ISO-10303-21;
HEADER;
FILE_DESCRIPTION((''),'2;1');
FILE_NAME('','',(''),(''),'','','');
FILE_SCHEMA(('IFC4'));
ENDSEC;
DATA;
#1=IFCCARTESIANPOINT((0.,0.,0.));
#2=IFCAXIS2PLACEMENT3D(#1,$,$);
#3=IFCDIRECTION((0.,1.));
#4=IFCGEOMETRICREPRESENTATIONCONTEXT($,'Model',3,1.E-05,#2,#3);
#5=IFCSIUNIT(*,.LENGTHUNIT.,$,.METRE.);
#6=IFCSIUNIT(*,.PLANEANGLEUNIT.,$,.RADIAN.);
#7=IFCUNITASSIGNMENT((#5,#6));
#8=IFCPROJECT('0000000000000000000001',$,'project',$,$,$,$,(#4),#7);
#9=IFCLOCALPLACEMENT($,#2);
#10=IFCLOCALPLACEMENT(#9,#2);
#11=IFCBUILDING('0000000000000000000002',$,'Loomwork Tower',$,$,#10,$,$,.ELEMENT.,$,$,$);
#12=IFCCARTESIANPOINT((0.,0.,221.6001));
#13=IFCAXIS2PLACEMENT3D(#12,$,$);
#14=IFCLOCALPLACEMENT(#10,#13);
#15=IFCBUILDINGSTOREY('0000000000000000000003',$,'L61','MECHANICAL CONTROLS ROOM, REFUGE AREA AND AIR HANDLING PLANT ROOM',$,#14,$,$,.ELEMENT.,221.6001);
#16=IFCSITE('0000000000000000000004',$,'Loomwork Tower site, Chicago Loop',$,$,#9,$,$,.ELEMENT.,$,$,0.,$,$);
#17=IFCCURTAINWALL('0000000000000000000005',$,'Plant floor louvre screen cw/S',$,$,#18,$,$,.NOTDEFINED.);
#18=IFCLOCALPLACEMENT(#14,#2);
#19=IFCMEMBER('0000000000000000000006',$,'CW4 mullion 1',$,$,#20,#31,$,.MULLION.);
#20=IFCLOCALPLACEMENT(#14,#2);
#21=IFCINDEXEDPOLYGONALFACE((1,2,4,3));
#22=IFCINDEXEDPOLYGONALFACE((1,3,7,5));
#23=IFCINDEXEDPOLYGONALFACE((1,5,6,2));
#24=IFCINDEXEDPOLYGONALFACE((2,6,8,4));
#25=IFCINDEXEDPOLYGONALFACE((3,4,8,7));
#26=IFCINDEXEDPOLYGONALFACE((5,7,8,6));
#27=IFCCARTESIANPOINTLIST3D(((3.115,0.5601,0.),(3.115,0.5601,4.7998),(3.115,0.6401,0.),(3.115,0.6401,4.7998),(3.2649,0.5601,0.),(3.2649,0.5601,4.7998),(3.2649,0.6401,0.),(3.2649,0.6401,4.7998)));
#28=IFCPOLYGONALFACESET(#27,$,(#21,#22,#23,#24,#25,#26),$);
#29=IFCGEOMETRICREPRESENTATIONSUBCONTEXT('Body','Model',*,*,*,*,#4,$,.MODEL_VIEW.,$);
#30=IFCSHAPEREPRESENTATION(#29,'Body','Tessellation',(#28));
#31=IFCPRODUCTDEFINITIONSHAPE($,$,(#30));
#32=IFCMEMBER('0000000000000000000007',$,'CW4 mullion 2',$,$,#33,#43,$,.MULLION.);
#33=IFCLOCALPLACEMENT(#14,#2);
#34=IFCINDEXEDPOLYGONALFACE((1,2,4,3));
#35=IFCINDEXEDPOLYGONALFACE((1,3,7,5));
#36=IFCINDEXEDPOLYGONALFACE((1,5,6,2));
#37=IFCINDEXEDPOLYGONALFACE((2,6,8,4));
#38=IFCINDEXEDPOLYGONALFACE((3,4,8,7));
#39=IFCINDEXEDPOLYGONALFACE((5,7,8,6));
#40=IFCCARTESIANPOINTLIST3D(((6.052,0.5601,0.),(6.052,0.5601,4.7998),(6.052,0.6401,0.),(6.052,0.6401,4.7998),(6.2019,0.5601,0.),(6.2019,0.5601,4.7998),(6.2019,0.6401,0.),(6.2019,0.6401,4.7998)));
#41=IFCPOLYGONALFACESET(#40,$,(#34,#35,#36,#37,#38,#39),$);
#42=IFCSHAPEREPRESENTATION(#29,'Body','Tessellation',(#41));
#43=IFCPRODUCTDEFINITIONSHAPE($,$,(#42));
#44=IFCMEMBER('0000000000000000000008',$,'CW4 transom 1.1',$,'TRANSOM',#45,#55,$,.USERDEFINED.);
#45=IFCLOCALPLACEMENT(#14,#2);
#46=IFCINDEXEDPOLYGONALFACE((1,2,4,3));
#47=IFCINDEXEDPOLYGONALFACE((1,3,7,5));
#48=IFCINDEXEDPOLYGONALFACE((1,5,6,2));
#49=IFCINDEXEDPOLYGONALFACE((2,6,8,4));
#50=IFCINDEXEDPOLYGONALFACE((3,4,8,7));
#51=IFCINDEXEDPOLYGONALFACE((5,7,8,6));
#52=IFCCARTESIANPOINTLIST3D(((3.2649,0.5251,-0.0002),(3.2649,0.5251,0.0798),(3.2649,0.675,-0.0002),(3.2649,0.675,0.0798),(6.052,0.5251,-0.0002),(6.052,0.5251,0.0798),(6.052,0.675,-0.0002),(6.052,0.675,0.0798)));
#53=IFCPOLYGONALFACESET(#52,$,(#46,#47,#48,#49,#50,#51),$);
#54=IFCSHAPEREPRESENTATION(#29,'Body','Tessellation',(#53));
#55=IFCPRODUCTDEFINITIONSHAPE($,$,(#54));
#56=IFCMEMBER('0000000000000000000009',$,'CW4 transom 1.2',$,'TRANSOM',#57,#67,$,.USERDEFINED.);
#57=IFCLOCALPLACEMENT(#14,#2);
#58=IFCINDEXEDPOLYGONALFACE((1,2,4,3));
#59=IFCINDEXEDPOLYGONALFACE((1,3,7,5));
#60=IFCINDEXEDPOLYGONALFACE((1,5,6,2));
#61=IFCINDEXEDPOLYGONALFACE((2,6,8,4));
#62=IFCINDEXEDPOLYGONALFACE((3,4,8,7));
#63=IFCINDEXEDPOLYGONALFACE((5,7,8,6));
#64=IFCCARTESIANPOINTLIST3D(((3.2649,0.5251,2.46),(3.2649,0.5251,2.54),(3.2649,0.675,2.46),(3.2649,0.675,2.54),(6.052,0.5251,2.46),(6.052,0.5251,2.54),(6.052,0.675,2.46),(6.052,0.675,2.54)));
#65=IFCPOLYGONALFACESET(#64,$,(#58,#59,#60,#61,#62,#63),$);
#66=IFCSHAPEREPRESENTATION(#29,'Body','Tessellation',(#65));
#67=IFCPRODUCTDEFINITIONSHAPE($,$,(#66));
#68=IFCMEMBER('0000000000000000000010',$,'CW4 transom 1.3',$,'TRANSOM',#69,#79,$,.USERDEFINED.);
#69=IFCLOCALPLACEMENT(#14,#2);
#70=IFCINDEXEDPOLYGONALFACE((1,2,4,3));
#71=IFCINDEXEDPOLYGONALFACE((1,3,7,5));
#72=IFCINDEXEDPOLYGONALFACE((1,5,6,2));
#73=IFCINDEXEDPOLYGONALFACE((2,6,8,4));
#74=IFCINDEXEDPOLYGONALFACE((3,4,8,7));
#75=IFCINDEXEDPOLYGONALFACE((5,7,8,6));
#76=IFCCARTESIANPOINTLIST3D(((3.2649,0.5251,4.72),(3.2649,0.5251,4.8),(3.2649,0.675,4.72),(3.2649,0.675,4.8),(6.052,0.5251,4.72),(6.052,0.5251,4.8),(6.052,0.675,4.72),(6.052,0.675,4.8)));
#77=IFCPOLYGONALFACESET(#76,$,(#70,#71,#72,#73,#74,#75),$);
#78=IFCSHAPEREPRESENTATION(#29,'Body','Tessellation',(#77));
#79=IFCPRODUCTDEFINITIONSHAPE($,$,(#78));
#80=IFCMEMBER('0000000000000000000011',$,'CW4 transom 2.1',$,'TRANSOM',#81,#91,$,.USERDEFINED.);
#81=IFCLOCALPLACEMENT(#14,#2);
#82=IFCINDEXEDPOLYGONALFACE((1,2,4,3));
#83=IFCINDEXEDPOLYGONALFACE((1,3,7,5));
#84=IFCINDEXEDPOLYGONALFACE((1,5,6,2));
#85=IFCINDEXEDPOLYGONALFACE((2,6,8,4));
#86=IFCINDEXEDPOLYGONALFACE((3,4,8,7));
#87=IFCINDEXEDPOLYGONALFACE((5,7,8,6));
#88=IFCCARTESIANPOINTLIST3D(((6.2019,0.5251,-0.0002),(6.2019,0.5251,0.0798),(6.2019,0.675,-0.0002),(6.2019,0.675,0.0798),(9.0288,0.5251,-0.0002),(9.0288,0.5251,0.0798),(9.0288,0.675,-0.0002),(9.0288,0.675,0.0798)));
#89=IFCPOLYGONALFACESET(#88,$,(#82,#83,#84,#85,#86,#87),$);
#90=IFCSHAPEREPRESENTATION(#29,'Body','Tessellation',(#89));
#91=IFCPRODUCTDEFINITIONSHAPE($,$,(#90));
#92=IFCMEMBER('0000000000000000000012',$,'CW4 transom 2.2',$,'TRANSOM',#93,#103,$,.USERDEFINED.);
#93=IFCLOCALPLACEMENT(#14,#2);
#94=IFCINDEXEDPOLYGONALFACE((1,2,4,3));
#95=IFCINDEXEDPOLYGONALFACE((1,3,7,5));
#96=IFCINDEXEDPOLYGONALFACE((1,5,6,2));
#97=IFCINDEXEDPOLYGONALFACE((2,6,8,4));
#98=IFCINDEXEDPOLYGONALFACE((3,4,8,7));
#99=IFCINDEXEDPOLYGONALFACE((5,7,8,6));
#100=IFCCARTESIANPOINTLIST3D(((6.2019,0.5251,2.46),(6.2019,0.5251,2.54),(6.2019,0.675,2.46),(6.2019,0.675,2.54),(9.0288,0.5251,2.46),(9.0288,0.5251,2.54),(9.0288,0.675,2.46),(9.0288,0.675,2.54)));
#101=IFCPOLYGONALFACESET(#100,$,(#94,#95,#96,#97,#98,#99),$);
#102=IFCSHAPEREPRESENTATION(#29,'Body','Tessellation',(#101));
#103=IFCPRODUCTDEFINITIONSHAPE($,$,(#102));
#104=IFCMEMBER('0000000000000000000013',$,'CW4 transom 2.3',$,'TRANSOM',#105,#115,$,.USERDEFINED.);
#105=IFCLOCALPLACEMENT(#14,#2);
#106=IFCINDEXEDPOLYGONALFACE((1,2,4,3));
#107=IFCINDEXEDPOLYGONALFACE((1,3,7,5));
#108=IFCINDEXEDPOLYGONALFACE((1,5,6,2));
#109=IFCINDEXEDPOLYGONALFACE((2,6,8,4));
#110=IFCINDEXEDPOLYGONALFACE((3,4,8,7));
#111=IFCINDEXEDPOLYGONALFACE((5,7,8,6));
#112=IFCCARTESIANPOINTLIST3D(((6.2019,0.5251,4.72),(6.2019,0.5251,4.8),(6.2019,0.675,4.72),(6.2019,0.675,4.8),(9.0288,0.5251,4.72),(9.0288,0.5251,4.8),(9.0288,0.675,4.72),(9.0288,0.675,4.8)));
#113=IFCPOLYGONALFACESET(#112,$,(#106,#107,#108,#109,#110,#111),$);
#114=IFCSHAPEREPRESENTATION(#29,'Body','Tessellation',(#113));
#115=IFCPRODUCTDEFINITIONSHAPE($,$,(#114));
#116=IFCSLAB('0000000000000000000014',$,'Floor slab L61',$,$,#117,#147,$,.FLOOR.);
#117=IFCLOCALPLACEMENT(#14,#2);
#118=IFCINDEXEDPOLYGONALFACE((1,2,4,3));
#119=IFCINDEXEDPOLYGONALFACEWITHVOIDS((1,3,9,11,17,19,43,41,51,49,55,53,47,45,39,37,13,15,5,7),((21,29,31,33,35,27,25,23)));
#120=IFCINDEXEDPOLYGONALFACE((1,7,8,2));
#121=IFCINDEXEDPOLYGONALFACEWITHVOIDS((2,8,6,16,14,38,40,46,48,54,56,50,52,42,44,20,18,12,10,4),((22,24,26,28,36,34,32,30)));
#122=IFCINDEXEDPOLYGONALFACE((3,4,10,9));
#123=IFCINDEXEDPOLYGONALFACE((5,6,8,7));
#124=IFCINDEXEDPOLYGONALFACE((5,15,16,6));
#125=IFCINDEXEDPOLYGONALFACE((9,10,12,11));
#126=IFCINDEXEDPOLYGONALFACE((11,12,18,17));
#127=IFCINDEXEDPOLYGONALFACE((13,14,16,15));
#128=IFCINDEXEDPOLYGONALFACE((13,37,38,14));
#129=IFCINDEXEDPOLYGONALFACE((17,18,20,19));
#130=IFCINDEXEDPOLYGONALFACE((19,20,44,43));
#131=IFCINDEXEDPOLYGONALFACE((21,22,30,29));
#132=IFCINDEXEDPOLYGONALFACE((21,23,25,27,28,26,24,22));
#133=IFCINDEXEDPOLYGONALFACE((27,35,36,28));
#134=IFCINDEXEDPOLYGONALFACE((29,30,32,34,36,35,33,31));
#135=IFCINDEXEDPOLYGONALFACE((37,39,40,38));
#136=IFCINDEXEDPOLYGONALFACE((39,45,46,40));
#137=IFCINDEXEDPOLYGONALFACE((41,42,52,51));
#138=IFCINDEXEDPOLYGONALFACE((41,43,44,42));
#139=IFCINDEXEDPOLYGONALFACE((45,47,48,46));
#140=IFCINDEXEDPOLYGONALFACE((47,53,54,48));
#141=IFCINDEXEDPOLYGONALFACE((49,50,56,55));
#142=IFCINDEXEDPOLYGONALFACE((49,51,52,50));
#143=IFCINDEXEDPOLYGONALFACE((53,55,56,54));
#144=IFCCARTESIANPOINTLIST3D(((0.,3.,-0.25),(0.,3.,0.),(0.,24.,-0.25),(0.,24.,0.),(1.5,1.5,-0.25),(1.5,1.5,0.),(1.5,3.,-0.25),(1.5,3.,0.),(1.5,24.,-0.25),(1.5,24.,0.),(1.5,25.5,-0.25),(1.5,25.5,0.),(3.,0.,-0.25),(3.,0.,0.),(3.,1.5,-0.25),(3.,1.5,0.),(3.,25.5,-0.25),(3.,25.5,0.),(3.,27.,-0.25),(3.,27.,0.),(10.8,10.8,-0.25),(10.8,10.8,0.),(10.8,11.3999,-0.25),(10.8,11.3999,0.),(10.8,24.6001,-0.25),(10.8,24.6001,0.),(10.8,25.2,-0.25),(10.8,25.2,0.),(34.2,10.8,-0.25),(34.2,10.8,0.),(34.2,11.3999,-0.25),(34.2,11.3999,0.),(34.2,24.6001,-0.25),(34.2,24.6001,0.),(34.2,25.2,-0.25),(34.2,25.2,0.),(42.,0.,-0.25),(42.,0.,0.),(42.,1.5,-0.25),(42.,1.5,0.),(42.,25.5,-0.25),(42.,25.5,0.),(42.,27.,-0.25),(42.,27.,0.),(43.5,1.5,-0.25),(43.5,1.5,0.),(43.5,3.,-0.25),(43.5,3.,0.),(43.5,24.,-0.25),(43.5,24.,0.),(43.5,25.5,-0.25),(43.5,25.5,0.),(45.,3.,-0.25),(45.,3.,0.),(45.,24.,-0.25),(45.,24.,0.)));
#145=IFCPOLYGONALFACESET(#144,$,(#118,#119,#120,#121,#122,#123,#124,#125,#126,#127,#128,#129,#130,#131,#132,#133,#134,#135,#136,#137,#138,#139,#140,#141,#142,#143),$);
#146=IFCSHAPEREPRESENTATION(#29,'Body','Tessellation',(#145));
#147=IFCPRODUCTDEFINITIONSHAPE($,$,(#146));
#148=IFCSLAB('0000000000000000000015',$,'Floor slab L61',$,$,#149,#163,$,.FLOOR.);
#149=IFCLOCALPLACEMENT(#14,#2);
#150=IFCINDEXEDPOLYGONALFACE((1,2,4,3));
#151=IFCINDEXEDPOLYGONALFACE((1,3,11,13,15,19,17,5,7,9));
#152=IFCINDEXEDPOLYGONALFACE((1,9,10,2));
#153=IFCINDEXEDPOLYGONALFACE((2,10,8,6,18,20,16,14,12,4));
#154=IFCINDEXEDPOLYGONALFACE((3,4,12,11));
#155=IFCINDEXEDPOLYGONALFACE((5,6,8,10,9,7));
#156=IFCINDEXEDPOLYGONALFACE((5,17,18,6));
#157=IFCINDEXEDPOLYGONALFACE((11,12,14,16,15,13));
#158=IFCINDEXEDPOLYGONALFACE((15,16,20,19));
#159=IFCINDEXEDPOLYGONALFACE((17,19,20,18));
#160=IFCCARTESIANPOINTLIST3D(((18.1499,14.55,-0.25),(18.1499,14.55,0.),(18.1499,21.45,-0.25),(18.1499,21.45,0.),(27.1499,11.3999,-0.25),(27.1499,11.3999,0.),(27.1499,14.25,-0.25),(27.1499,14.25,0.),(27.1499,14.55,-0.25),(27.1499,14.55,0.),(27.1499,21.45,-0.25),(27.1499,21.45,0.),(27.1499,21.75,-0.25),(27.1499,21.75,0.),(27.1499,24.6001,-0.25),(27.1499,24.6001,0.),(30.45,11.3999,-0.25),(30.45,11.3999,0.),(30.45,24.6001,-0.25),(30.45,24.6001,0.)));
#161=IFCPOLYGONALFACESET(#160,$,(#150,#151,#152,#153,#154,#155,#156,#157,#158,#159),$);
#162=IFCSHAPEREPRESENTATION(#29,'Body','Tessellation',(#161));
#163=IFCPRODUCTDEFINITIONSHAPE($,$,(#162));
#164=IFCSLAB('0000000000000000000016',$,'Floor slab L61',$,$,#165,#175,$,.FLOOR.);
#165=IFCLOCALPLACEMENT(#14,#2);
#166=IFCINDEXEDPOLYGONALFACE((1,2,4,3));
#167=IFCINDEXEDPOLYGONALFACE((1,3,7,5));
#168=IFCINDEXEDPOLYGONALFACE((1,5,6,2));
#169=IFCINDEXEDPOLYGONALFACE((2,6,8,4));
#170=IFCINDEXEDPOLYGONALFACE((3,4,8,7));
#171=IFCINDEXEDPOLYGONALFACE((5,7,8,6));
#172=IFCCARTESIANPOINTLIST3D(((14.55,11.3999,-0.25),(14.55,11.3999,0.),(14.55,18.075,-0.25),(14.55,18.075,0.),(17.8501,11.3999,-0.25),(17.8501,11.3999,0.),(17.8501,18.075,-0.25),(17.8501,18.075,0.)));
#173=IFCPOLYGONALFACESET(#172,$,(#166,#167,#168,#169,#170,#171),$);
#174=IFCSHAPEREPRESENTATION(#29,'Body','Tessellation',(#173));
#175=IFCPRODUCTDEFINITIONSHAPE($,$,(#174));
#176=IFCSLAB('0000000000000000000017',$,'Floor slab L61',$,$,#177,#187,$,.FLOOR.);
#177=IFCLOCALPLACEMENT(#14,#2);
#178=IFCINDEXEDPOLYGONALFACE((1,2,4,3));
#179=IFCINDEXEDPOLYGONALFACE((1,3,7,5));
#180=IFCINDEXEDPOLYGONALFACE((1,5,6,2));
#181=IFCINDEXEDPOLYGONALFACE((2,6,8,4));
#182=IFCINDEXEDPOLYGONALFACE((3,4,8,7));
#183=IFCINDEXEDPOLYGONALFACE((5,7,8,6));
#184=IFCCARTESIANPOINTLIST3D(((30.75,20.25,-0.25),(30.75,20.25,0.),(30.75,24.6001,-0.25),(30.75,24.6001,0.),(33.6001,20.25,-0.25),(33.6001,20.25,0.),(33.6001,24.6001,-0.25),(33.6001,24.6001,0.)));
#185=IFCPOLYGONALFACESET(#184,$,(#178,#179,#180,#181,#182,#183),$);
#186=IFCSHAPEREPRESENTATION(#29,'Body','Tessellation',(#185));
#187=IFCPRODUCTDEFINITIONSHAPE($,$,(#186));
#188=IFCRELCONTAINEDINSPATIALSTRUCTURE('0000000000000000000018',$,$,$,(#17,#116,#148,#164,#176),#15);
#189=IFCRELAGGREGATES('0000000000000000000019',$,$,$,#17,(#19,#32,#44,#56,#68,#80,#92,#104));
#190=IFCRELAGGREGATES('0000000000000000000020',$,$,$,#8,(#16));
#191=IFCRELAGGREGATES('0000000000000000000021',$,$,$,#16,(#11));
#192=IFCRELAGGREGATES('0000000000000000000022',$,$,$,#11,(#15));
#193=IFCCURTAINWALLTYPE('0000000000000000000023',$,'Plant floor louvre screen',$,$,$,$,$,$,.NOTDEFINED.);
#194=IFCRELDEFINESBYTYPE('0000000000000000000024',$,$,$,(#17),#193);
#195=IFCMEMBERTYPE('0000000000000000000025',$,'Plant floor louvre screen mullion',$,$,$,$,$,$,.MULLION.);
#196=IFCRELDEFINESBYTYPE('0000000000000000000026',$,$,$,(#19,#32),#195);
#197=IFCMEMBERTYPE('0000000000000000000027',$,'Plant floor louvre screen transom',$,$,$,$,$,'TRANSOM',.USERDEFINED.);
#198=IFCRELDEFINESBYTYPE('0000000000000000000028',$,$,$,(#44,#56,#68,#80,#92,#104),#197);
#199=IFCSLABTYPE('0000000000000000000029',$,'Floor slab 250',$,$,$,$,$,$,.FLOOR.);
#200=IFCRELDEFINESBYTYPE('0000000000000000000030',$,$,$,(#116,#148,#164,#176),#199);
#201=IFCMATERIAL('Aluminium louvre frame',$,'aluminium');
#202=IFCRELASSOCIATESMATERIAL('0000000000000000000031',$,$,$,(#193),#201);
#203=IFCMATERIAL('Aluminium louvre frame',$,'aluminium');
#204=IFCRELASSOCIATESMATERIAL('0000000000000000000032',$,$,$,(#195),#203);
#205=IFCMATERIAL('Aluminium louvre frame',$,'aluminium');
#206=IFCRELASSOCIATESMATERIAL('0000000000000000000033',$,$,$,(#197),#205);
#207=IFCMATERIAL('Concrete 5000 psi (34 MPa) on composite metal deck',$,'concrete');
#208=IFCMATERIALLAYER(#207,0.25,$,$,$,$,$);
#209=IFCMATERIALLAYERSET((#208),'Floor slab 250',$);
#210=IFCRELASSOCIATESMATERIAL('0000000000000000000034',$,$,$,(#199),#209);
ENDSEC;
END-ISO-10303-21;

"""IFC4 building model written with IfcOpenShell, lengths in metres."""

from ifc_helpers import new_model, si_unit, direction, frame, origin, origin_2d, place, context, subcontext, project, spatial, polyline, rectangle, outline, extrude, material, layer, layer_set, material_profile, profile_set, type_object, element, aggregate, save


model = new_model("IFC4")

# Units and contexts
model_context = context("Model", 3, precision=1e-05, world=origin(), true_north=direction((0.0, 1.0)))
body_context = subcontext(model_context, "Body", "Model", "MODEL_VIEW")
ifc_project = project(units=[si_unit("LENGTHUNIT", "METRE"), si_unit("PLANEANGLEUNIT", "RADIAN")], contexts=[model_context])

# Site, building, storey
site_placement = place(None, origin())
site = spatial("IfcSite", under=ifc_project, at=site_placement, Name="Loomwork Tower site, Chicago Loop", CompositionType="ELEMENT", RefElevation=0.0)
building_placement = place(site_placement, origin())
building = spatial("IfcBuilding", under=site, at=building_placement, Name="Loomwork Tower", CompositionType="ELEMENT")
storey_placement = place(building_placement, frame((0.0, 0.0, 221.6001)))
storey = spatial("IfcBuildingStorey", under=building, at=storey_placement, Name="L61", Description="MECHANICAL CONTROLS ROOM, REFUGE AREA AND AIR HANDLING PLANT ROOM", CompositionType="ELEMENT", Elevation=221.6001)

# Curtain wall, members
ifc_material_1 = material(Name="Aluminium louvre frame", Category="aluminium")
curtain_wall_type = type_object("IfcCurtainWallType", Name="Plant floor louvre screen", PredefinedType="NOTDEFINED", material=ifc_material_1)
curtain_wall_placement = place(storey_placement, origin())
curtain_wall = element("IfcCurtainWall", 1, at=curtain_wall_placement, inside=storey, type_object=curtain_wall_type, Name="Plant floor louvre screen cw/S", PredefinedType="NOTDEFINED")
ifc_material_2 = material(Name="Aluminium louvre frame", Category="aluminium")
ifc_material_profile_1 = material_profile(ifc_material_2, rectangle(XDim=0.0801, YDim=0.1499, at=origin_2d()), Name="AL 80x150")
ifc_profile_set_1 = profile_set([ifc_material_profile_1], Name="Aluminium louvre frame")
member_type_1 = type_object("IfcMemberType", Name="Plant floor louvre screen mullion", PredefinedType="MULLION", material=ifc_profile_set_1)
member_1_placement = place(storey_placement, frame((3.1899, 0.6001, 0.0), z_axis=(0.0, 0.0, 1.0), x_axis=(0.0, 1.0, 0.0)))
member_1 = element("IfcMember", 2, at=member_1_placement, type_object=member_type_1, Name="CW4 mullion 1", PredefinedType="MULLION", context=body_context, shape_type="SweptSolid", body=[
    extrude(rectangle(XDim=0.0801, YDim=0.1499, at=origin_2d()), origin(), (0.0, 0.0, 1.0), 4.7998),
])
member_2_placement = place(storey_placement, frame((6.127, 0.6001, 0.0), z_axis=(0.0, 0.0, 1.0), x_axis=(0.0, 1.0, 0.0)))
member_2 = element("IfcMember", 3, at=member_2_placement, type_object=member_type_1, Name="CW4 mullion 2", PredefinedType="MULLION", context=body_context, shape_type="SweptSolid", body=[
    extrude(rectangle(XDim=0.0801, YDim=0.1499, at=origin_2d()), origin(), (0.0, 0.0, 1.0), 4.7998),
])
ifc_material_3 = material(Name="Aluminium louvre frame", Category="aluminium")
ifc_material_profile_2 = material_profile(ifc_material_3, rectangle(XDim=0.1499, YDim=0.0801, at=origin_2d()), Name="AL 80x150")
ifc_profile_set_2 = profile_set([ifc_material_profile_2], Name="Aluminium louvre frame")
member_type_2 = type_object("IfcMemberType", Name="Plant floor louvre screen transom", ElementType="TRANSOM", PredefinedType="USERDEFINED", material=ifc_profile_set_2)
member_3_placement = place(storey_placement, frame((3.2649, 0.6001, 0.0398), z_axis=(1.0, 0.0, 0.0), x_axis=(0.0, 1.0, 0.0)))
member_3 = element("IfcMember", 4, at=member_3_placement, type_object=member_type_2, Name="CW4 transom 1.1", ObjectType="TRANSOM", PredefinedType="USERDEFINED", context=body_context, shape_type="SweptSolid", body=[
    extrude(rectangle(XDim=0.1499, YDim=0.0801, at=origin_2d()), origin(), (0.0, 0.0, 1.0), 2.7871),
])
member_4_placement = place(storey_placement, frame((3.2649, 0.6001, 2.5), z_axis=(1.0, 0.0, 0.0), x_axis=(0.0, 1.0, 0.0)))
member_4 = element("IfcMember", 5, at=member_4_placement, type_object=member_type_2, Name="CW4 transom 1.2", ObjectType="TRANSOM", PredefinedType="USERDEFINED", context=body_context, shape_type="SweptSolid", body=[
    extrude(rectangle(XDim=0.1499, YDim=0.0801, at=origin_2d()), origin(), (0.0, 0.0, 1.0), 2.7871),
])
member_5_placement = place(storey_placement, frame((3.2649, 0.6001, 4.76), z_axis=(1.0, 0.0, 0.0), x_axis=(0.0, 1.0, 0.0)))
member_5 = element("IfcMember", 6, at=member_5_placement, type_object=member_type_2, Name="CW4 transom 1.3", ObjectType="TRANSOM", PredefinedType="USERDEFINED", context=body_context, shape_type="SweptSolid", body=[
    extrude(rectangle(XDim=0.1499, YDim=0.0801, at=origin_2d()), origin(), (0.0, 0.0, 1.0), 2.7871),
])
member_6_placement = place(storey_placement, frame((6.2019, 0.6001, 0.0398), z_axis=(1.0, 0.0, 0.0), x_axis=(0.0, 1.0, 0.0)))
member_6 = element("IfcMember", 7, at=member_6_placement, type_object=member_type_2, Name="CW4 transom 2.1", ObjectType="TRANSOM", PredefinedType="USERDEFINED", context=body_context, shape_type="SweptSolid", body=[
    extrude(rectangle(XDim=0.1499, YDim=0.0801, at=origin_2d()), origin(), (0.0, 0.0, 1.0), 2.8269),
])
member_7_placement = place(storey_placement, frame((6.2019, 0.6001, 2.5), z_axis=(1.0, 0.0, 0.0), x_axis=(0.0, 1.0, 0.0)))
member_7 = element("IfcMember", 8, at=member_7_placement, type_object=member_type_2, Name="CW4 transom 2.2", ObjectType="TRANSOM", PredefinedType="USERDEFINED", context=body_context, shape_type="SweptSolid", body=[
    extrude(rectangle(XDim=0.1499, YDim=0.0801, at=origin_2d()), origin(), (0.0, 0.0, 1.0), 2.8269),
])
member_8_placement = place(storey_placement, frame((6.2019, 0.6001, 4.76), z_axis=(1.0, 0.0, 0.0), x_axis=(0.0, 1.0, 0.0)))
member_8 = element("IfcMember", 9, at=member_8_placement, type_object=member_type_2, Name="CW4 transom 2.3", ObjectType="TRANSOM", PredefinedType="USERDEFINED", context=body_context, shape_type="SweptSolid", body=[
    extrude(rectangle(XDim=0.1499, YDim=0.0801, at=origin_2d()), origin(), (0.0, 0.0, 1.0), 2.8269),
])

# Slabs
ifc_material_4 = material(Name="Concrete 5000 psi (34 MPa) on composite metal deck", Category="concrete")
ifc_layer_1 = layer(ifc_material_4, 0.25)
ifc_layer_set_1 = layer_set([ifc_layer_1], Name="Floor slab 250")
slab_type_1 = type_object("IfcSlabType", Name="Floor slab 250", PredefinedType="FLOOR", material=ifc_layer_set_1)
slab_1_placement = place(storey_placement, frame((0.0, 0.0, -0.25)))
element("IfcSlab", 10, at=slab_1_placement, inside=storey, type_object=slab_type_1, Name="Floor slab L61", PredefinedType="FLOOR", context=body_context, shape_type="SweptSolid", body=[
    extrude(outline(polyline([(3.0, 1.5), (1.5, 1.5), (1.5, 3.0), (0.0, 3.0), (0.0, 24.0), (1.5, 24.0), (1.5, 25.5), (3.0, 25.5), (3.0, 27.0), (42.0, 27.0), (42.0, 25.5), (43.5, 25.5), (43.5, 24.0), (45.0, 24.0), (45.0, 3.0), (43.5, 3.0), (43.5, 1.5), (42.0, 1.5), (42.0, 0.0), (3.0, 0.0), (3.0, 1.5)]), holes=[polyline([(10.8, 11.3999), (10.8, 11.3999), (10.8, 10.8), (34.2, 10.8), (34.2, 11.3999), (34.2, 11.3999), (34.2, 24.6001), (34.2, 25.2), (10.8, 25.2), (10.8, 24.6001), (10.8, 11.3999)])]), origin(), (0.0, 0.0, 1.0), 0.25),
])
slab_2_placement = place(storey_placement, frame((0.0, 0.0, -0.25)))
element("IfcSlab", 11, at=slab_2_placement, inside=storey, type_object=slab_type_1, Name="Floor slab L61", PredefinedType="FLOOR", context=body_context, shape_type="SweptSolid", body=[
    extrude(outline(polyline([(30.45, 24.6001), (30.45, 11.3999), (27.1499, 11.3999), (27.1499, 14.25), (27.1499, 14.55), (18.1499, 14.55), (18.1499, 21.45), (27.1499, 21.45), (27.1499, 21.75), (27.1499, 24.6001), (30.45, 24.6001)])), origin(), (0.0, 0.0, 1.0), 0.25),
])
slab_3_placement = place(storey_placement, frame((0.0, 0.0, -0.25)))
element("IfcSlab", 12, at=slab_3_placement, inside=storey, type_object=slab_type_1, Name="Floor slab L61", PredefinedType="FLOOR", context=body_context, shape_type="SweptSolid", body=[
    extrude(outline(polyline([(14.55, 11.3999), (14.55, 18.075), (17.8501, 18.075), (17.8501, 11.3999), (14.55, 11.3999)])), origin(), (0.0, 0.0, 1.0), 0.25),
])
slab_4_placement = place(storey_placement, frame((0.0, 0.0, -0.25)))
element("IfcSlab", 13, at=slab_4_placement, inside=storey, type_object=slab_type_1, Name="Floor slab L61", PredefinedType="FLOOR", context=body_context, shape_type="SweptSolid", body=[
    extrude(outline(polyline([(33.6001, 20.25), (30.75, 20.25), (30.75, 24.6001), (33.6001, 24.6001), (33.6001, 20.25)])), origin(), (0.0, 0.0, 1.0), 0.25),
])

aggregate(curtain_wall, [member_1, member_2, member_3, member_4, member_5, member_6, member_7, member_8])

save(model, "model.ifc")
